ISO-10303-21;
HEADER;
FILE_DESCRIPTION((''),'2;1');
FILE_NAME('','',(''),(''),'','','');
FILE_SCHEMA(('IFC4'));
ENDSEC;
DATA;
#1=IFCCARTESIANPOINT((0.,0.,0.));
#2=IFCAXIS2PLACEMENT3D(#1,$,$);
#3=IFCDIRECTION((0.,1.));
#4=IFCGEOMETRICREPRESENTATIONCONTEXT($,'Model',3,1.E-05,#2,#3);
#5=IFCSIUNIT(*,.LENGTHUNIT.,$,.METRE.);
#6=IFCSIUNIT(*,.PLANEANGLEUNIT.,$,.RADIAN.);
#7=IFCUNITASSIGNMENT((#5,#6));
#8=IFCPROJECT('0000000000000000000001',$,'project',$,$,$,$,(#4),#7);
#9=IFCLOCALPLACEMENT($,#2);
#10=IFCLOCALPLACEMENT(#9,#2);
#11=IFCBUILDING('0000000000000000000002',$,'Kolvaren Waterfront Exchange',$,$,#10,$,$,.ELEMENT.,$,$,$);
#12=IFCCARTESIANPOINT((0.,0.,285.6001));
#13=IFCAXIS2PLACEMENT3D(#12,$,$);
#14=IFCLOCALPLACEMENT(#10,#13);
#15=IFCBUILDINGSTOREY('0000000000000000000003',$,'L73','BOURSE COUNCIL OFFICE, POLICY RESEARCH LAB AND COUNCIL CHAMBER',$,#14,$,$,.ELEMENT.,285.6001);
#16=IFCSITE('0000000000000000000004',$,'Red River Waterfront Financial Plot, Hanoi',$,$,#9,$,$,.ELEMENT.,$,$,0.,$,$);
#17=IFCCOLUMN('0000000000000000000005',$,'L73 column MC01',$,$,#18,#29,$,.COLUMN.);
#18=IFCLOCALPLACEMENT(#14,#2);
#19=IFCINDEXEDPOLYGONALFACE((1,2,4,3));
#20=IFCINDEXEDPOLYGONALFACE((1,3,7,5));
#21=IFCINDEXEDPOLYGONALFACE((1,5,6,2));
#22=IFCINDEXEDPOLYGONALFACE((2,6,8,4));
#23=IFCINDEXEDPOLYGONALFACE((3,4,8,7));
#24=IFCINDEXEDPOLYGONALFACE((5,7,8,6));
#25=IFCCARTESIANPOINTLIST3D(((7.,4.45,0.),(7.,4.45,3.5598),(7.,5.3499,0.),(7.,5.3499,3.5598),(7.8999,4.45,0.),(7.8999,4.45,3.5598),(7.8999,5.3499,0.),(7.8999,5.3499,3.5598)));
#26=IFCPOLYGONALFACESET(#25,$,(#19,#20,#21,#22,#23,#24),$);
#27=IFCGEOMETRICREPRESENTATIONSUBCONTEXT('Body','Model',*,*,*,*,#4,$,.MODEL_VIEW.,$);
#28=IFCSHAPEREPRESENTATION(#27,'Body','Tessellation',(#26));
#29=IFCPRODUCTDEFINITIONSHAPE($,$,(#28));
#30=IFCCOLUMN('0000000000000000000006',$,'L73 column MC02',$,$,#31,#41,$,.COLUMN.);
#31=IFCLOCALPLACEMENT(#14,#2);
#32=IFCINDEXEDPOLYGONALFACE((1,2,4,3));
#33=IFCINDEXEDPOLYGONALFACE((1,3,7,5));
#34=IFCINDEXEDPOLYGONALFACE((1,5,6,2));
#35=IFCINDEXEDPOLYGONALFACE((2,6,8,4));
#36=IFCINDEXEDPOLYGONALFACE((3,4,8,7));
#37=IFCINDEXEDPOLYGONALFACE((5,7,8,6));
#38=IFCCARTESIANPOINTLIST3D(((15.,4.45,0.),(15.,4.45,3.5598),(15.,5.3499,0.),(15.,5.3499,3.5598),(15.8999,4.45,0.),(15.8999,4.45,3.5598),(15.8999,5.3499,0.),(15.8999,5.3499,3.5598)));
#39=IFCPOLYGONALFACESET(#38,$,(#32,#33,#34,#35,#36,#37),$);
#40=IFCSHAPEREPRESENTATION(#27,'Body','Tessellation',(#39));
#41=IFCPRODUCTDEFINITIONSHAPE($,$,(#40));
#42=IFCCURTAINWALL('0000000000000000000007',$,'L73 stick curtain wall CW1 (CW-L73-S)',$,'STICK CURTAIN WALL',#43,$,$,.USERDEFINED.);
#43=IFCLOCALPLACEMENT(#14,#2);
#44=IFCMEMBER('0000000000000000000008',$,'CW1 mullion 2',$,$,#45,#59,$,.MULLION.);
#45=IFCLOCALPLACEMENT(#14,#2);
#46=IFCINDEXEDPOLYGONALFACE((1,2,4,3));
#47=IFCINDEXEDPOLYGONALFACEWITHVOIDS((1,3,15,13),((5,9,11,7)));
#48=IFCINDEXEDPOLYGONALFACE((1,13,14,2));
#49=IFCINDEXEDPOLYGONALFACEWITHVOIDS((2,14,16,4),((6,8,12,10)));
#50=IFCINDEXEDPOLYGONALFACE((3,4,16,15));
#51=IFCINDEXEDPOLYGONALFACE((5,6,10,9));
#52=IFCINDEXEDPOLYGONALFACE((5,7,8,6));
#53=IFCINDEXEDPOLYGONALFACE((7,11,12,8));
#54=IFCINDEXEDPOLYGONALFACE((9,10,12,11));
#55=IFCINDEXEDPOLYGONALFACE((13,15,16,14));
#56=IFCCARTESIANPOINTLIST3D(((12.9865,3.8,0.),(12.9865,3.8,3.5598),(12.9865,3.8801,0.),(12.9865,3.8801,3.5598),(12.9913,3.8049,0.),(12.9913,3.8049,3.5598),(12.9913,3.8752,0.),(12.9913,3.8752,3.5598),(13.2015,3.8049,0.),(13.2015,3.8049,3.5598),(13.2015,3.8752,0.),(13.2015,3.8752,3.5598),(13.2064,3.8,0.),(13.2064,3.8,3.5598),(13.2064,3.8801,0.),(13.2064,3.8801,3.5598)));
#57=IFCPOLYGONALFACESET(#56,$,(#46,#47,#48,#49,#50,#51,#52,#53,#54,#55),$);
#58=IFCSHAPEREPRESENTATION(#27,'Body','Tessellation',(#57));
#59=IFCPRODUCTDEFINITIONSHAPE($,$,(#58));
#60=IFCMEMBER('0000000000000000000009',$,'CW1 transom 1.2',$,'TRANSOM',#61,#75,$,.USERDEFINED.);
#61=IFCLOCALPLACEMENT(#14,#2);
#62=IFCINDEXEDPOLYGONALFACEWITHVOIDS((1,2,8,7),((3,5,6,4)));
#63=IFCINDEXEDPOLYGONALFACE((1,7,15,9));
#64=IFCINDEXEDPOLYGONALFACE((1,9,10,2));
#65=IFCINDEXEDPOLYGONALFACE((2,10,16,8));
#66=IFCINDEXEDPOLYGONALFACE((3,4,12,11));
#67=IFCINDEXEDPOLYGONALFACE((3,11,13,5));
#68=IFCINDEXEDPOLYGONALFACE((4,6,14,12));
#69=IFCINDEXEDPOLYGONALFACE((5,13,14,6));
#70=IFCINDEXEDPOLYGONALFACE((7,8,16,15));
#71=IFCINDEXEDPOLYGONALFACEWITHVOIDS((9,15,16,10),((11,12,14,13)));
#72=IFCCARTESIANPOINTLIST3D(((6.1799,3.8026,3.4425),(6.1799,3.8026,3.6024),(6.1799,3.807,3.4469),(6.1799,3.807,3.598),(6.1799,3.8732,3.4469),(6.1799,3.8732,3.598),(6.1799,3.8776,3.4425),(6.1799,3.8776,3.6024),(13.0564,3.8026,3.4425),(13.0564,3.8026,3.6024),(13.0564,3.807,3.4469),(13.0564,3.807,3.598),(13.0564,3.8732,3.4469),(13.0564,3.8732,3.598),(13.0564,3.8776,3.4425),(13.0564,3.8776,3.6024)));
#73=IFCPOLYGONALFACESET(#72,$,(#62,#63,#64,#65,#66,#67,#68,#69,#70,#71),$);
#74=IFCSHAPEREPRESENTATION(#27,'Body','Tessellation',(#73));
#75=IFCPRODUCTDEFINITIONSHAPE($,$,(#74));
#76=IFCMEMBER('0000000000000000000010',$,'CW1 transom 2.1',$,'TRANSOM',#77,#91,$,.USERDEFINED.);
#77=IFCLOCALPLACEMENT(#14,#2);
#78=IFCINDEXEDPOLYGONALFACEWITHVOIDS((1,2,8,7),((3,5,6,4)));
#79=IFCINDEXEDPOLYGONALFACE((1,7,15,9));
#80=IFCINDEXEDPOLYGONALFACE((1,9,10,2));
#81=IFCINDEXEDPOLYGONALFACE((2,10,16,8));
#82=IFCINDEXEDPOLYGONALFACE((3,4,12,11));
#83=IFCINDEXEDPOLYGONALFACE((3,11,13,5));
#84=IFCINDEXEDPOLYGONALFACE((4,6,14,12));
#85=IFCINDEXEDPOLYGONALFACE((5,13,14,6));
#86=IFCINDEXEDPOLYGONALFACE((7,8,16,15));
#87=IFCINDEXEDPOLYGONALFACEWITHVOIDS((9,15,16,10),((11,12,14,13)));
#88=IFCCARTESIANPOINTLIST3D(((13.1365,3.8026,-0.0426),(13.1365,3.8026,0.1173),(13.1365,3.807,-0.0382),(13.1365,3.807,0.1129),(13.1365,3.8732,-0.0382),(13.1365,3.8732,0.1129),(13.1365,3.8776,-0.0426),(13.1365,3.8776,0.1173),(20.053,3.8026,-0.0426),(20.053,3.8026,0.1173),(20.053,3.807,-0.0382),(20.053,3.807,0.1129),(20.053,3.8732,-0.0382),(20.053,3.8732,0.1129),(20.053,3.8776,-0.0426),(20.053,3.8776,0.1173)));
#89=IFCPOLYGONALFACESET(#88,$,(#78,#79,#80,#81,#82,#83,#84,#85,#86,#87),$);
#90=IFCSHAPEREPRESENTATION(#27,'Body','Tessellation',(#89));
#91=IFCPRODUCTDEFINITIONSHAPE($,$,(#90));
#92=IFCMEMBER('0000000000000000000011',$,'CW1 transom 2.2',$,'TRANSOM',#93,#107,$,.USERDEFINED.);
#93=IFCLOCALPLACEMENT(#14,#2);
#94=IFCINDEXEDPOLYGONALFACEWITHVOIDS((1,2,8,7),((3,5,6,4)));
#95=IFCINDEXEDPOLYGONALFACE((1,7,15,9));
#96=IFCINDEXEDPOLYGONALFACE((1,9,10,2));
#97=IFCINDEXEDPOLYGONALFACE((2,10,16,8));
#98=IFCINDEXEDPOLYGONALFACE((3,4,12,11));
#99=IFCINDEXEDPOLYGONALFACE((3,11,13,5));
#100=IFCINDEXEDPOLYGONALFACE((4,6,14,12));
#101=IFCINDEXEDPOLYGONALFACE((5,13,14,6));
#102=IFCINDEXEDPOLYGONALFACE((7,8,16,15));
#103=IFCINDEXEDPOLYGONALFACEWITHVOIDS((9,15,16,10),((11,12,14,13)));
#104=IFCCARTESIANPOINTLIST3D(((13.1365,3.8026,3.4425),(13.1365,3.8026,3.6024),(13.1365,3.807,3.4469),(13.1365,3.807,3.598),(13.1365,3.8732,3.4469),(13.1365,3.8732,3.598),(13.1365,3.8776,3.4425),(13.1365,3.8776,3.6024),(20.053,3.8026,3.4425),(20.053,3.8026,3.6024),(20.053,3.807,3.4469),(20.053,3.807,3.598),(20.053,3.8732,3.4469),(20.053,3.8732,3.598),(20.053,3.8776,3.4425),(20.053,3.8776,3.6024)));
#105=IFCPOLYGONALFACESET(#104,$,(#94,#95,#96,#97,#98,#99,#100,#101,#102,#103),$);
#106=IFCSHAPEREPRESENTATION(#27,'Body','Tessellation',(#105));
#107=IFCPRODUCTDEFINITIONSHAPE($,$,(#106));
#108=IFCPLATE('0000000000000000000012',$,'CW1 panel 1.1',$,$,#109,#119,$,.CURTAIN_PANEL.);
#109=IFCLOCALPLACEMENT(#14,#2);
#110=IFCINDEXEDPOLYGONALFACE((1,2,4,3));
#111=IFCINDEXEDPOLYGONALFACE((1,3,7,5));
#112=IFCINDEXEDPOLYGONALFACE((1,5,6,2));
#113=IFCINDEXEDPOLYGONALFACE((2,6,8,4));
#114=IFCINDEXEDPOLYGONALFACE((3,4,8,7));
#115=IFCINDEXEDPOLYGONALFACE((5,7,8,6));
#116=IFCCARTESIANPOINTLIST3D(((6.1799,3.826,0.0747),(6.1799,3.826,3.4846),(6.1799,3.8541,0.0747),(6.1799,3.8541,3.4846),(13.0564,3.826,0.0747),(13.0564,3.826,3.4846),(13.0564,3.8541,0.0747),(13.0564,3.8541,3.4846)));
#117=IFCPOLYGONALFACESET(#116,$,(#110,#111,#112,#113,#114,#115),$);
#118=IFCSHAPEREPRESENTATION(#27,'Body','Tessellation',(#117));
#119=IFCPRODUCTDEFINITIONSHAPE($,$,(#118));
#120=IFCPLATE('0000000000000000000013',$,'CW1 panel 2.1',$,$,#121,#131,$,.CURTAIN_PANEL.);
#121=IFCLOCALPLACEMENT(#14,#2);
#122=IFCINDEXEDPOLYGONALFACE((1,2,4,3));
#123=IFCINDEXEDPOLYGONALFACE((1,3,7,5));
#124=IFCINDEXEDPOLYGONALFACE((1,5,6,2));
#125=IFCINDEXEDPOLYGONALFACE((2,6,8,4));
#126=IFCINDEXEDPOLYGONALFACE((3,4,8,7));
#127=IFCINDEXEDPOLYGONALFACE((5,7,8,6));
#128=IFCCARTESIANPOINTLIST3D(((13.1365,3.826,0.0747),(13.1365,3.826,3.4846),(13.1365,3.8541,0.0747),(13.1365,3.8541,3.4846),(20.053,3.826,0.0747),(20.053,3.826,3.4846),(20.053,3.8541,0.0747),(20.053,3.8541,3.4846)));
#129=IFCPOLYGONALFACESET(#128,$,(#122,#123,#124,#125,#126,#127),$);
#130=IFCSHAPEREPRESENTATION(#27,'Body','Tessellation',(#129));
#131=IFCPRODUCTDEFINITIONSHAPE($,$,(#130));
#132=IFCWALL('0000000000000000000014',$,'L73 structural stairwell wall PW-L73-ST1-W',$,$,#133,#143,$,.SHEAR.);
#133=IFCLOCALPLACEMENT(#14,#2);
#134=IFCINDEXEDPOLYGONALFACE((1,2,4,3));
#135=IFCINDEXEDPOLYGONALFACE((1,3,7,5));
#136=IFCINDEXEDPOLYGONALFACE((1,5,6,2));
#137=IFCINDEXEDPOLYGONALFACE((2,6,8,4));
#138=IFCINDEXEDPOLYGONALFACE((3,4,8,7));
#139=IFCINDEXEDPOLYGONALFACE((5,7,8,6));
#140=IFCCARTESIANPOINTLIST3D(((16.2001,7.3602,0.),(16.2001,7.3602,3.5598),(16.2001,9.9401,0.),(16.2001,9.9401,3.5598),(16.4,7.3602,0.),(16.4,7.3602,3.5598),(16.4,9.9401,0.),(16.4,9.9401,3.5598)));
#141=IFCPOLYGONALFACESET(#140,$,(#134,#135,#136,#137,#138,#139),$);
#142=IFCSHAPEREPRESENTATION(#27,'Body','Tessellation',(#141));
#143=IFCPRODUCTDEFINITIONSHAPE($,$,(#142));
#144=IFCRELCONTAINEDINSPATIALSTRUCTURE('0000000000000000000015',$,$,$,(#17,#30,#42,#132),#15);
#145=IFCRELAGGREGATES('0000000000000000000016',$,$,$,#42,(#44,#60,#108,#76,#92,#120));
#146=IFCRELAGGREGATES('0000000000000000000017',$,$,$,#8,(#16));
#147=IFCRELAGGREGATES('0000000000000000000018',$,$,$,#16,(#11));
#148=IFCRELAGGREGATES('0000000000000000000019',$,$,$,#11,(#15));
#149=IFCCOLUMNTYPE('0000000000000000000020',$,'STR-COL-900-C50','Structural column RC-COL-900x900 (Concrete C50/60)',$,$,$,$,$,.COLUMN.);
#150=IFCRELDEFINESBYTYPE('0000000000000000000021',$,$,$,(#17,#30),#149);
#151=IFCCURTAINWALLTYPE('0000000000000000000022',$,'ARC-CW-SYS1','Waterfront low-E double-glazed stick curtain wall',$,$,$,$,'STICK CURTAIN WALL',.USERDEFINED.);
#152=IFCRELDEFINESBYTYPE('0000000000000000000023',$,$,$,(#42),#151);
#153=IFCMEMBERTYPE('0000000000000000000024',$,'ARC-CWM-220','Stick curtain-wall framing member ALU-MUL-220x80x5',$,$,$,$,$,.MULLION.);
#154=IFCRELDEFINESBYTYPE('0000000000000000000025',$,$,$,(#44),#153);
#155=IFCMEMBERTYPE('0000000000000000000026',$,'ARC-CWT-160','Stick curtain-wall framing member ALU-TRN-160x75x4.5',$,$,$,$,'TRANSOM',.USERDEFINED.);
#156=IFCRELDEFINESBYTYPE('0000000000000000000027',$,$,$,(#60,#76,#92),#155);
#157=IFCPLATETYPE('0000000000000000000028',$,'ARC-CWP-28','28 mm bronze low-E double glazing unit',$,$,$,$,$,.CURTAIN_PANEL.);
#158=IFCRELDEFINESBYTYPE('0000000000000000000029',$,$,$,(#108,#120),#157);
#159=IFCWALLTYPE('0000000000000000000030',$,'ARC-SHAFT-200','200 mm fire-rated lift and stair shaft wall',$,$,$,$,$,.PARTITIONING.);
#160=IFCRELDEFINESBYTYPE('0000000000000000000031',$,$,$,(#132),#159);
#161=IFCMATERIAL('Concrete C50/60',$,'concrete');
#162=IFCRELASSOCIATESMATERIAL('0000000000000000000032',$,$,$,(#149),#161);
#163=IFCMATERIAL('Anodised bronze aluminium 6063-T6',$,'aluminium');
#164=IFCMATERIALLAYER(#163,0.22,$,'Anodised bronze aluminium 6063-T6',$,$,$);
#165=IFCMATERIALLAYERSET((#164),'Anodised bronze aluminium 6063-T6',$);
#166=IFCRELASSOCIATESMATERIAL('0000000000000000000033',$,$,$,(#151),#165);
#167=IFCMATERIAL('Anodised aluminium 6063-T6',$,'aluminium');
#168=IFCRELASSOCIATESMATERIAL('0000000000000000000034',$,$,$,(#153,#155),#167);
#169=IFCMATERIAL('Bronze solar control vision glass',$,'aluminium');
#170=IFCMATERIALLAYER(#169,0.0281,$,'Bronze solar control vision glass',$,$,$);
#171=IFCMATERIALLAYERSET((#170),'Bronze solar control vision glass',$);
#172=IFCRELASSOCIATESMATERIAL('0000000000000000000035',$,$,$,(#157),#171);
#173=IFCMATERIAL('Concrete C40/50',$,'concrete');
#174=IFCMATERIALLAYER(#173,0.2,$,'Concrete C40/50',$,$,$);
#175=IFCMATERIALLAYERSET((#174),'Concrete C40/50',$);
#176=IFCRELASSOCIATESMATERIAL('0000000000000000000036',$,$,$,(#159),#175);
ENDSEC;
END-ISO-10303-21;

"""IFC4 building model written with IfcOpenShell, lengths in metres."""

from ifc_helpers import new_model, si_unit, direction, frame, frame_2d, origin, origin_with_axes, origin_2d, place, context, subcontext, project, spatial, rectangle, hollow_rectangle, extrude, source, transform, mapped, material, layer, layer_set, material_profile, profile_set, type_object, element, aggregate, save


model = new_model("IFC4")

# Units and contexts
model_context = context("Model", 3, precision=1e-05, world=origin(), true_north=direction((0.0, 1.0)))
body_context = subcontext(model_context, "Body", "Model", "MODEL_VIEW")
ifc_project = project(units=[si_unit("LENGTHUNIT", "METRE"), si_unit("PLANEANGLEUNIT", "RADIAN")], contexts=[model_context])

# Site, building, storey
site_placement = place(None, origin())
site = spatial("IfcSite", under=ifc_project, at=site_placement, Name="Red River Waterfront Financial Plot, Hanoi", CompositionType="ELEMENT", RefElevation=0.0)
building_placement = place(site_placement, origin())
building = spatial("IfcBuilding", under=site, at=building_placement, Name="Kolvaren Waterfront Exchange", CompositionType="ELEMENT")
storey_placement = place(building_placement, frame((0.0, 0.0, 285.6001)))
storey = spatial("IfcBuildingStorey", under=building, at=storey_placement, Name="L73", Description="BOURSE COUNCIL OFFICE, POLICY RESEARCH LAB AND COUNCIL CHAMBER", CompositionType="ELEMENT", Elevation=285.6001)

# Columns
ifc_material_1 = material(Name="Concrete C50/60", Category="concrete")
ifc_material_profile_1 = material_profile(ifc_material_1, rectangle(XDim=0.8999, YDim=0.8999, at=origin_2d()), Name="RC-COL-900x900")
ifc_profile_set_1 = profile_set([ifc_material_profile_1], Name="Concrete C50/60")
column_type = type_object("IfcColumnType", Name="STR-COL-900-C50", Description="Structural column RC-COL-900x900 (Concrete C50/60)", PredefinedType="COLUMN", material=ifc_profile_set_1)
for number, where, z_axis, x_axis, name in (
    (1, (7.45, 4.8999, 0.0), (0.0, 0.0, 1.0), (1.0, 0.0, 0.0), "L73 column MC01"),
    (2, (15.45, 4.8999, 0.0), (0.0, 0.0, 1.0), (1.0, 0.0, 0.0), "L73 column MC02"),
):
    element("IfcColumn", number, at=place(storey_placement, frame(where, z_axis=z_axis, x_axis=x_axis)), inside=storey, type_object=column_type, Name=name, PredefinedType="COLUMN", context=body_context, shape_type="SweptSolid", body=[
        extrude(rectangle(XDim=0.8999, YDim=0.8999, at=origin_2d()), origin(), (0.0, 0.0, 1.0), 3.5598),
    ])

# Curtain wall, members, plates
ifc_material_2 = material(Name="Anodised bronze aluminium 6063-T6", Category="aluminium")
ifc_layer_1 = layer(ifc_material_2, 0.22, Name="Anodised bronze aluminium 6063-T6")
ifc_layer_set_1 = layer_set([ifc_layer_1], Name="Anodised bronze aluminium 6063-T6")
curtain_wall_type = type_object("IfcCurtainWallType", Name="ARC-CW-SYS1", Description="Waterfront low-E double-glazed stick curtain wall", ElementType="STICK CURTAIN WALL", PredefinedType="USERDEFINED", material=ifc_layer_set_1)
curtain_wall_placement = place(storey_placement, origin())
curtain_wall = element("IfcCurtainWall", 3, at=curtain_wall_placement, inside=storey, type_object=curtain_wall_type, Name="L73 stick curtain wall CW1 (CW-L73-S)", ObjectType="STICK CURTAIN WALL", PredefinedType="USERDEFINED")
ifc_material_3 = material(Name="Anodised aluminium 6063-T6", Category="aluminium")
ifc_material_profile_2 = material_profile(ifc_material_3, hollow_rectangle(XDim=0.0801, YDim=0.22, WallThickness=0.0049, at=origin_2d()), Name="ALU-MUL-220x80x5")
ifc_profile_set_2 = profile_set([ifc_material_profile_2], Name="Anodised aluminium 6063-T6")
member_type_1 = type_object("IfcMemberType", Name="ARC-CWM-220", Description="Stick curtain-wall framing member ALU-MUL-220x80x5", PredefinedType="MULLION", material=ifc_profile_set_2)
shared_shape_1 = source(origin_with_axes(), body_context, "Body", "SweptSolid", [
    extrude(hollow_rectangle(XDim=0.0801, YDim=0.22, WallThickness=0.0049, at=origin_2d()), origin(), (0.0, 0.0, 1.0), 3.5598),
])
member_1_placement = place(storey_placement, frame((13.0964, 3.8401, 0.0), z_axis=(0.0, 0.0, 1.0), x_axis=(0.0, 1.0, 0.0)))
member_1 = element("IfcMember", 4, at=member_1_placement, type_object=member_type_1, Name="CW1 mullion 2", PredefinedType="MULLION", context=body_context, shape_type="MappedRepresentation", body=[
    mapped(shared_shape_1, transform((0.0, 0.0, 0.0), x_axis=(1.0, 0.0, 0.0), y_axis=(0.0, 1.0, 0.0), z_axis=(0.0, 0.0, 1.0), scale=1.0)),
])
ifc_material_profile_3 = material_profile(ifc_material_3, hollow_rectangle(XDim=0.075, YDim=0.1599, WallThickness=0.0044, at=origin_2d()), Name="ALU-TRN-160x75x4.5")
ifc_profile_set_3 = profile_set([ifc_material_profile_3], Name="Anodised aluminium 6063-T6")
member_type_2 = type_object("IfcMemberType", Name="ARC-CWT-160", Description="Stick curtain-wall framing member ALU-TRN-160x75x4.5", ElementType="TRANSOM", PredefinedType="USERDEFINED", material=ifc_profile_set_3)
shared_shape_2 = source(origin_with_axes(), body_context, "Body", "SweptSolid", [
    extrude(hollow_rectangle(XDim=0.075, YDim=0.1599, WallThickness=0.0044, at=origin_2d()), origin(), (0.0, 0.0, 1.0), 6.8765),
])
member_2_placement = place(storey_placement, frame((6.1799, 3.8401, 3.5225), z_axis=(1.0, 0.0, 0.0), x_axis=(0.0, 1.0, 0.0)))
member_2 = element("IfcMember", 5, at=member_2_placement, type_object=member_type_2, Name="CW1 transom 1.2", ObjectType="TRANSOM", PredefinedType="USERDEFINED", context=body_context, shape_type="MappedRepresentation", body=[
    mapped(shared_shape_2, transform((0.0, 0.0, 0.0), x_axis=(1.0, 0.0, 0.0), y_axis=(0.0, 1.0, 0.0), z_axis=(0.0, 0.0, 1.0), scale=1.0)),
])
shared_shape_3 = source(origin_with_axes(), body_context, "Body", "SweptSolid", [
    extrude(hollow_rectangle(XDim=0.075, YDim=0.1599, WallThickness=0.0044, at=origin_2d()), origin(), (0.0, 0.0, 1.0), 6.9165),
])
member_3_placement = place(storey_placement, frame((13.1365, 3.8401, 0.0374), z_axis=(1.0, 0.0, 0.0), x_axis=(0.0, 1.0, 0.0)))
member_3 = element("IfcMember", 6, at=member_3_placement, type_object=member_type_2, Name="CW1 transom 2.1", ObjectType="TRANSOM", PredefinedType="USERDEFINED", context=body_context, shape_type="MappedRepresentation", body=[
    mapped(shared_shape_3, transform((0.0, 0.0, 0.0), x_axis=(1.0, 0.0, 0.0), y_axis=(0.0, 1.0, 0.0), z_axis=(0.0, 0.0, 1.0), scale=1.0)),
])
member_4_placement = place(storey_placement, frame((13.1365, 3.8401, 3.5225), z_axis=(1.0, 0.0, 0.0), x_axis=(0.0, 1.0, 0.0)))
member_4 = element("IfcMember", 7, at=member_4_placement, type_object=member_type_2, Name="CW1 transom 2.2", ObjectType="TRANSOM", PredefinedType="USERDEFINED", context=body_context, shape_type="MappedRepresentation", body=[
    mapped(shared_shape_3, transform((0.0, 0.0, 0.0), x_axis=(1.0, 0.0, 0.0), y_axis=(0.0, 1.0, 0.0), z_axis=(0.0, 0.0, 1.0), scale=1.0)),
])
ifc_material_4 = material(Name="Bronze solar control vision glass", Category="aluminium")
ifc_layer_2 = layer(ifc_material_4, 0.0281, Name="Bronze solar control vision glass")
ifc_layer_set_2 = layer_set([ifc_layer_2], Name="Bronze solar control vision glass")
plate_type = type_object("IfcPlateType", Name="ARC-CWP-28", Description="28 mm bronze low-E double glazing unit", PredefinedType="CURTAIN_PANEL", material=ifc_layer_set_2)
shared_shape_4 = source(origin_with_axes(), body_context, "Body", "SweptSolid", [
    extrude(rectangle(XDim=6.8765, YDim=0.0281, at=origin_2d()), origin(), (0.0, 0.0, 1.0), 3.4099),
])
plate_1_placement = place(storey_placement, frame((9.6182, 3.8401, 0.0747), z_axis=(0.0, 0.0, 1.0), x_axis=(1.0, 0.0, 0.0)))
plate_1 = element("IfcPlate", 8, at=plate_1_placement, type_object=plate_type, Name="CW1 panel 1.1", PredefinedType="CURTAIN_PANEL", context=body_context, shape_type="MappedRepresentation", body=[
    mapped(shared_shape_4, transform((0.0, 0.0, 0.0), x_axis=(1.0, 0.0, 0.0), y_axis=(0.0, 1.0, 0.0), z_axis=(0.0, 0.0, 1.0), scale=1.0)),
])
shared_shape_5 = source(origin_with_axes(), body_context, "Body", "SweptSolid", [
    extrude(rectangle(XDim=6.9165, YDim=0.0281, at=origin_2d()), origin(), (0.0, 0.0, 1.0), 3.4099),
])
plate_2_placement = place(storey_placement, frame((16.5947, 3.8401, 0.0747), z_axis=(0.0, 0.0, 1.0), x_axis=(1.0, 0.0, 0.0)))
plate_2 = element("IfcPlate", 9, at=plate_2_placement, type_object=plate_type, Name="CW1 panel 2.1", PredefinedType="CURTAIN_PANEL", context=body_context, shape_type="MappedRepresentation", body=[
    mapped(shared_shape_5, transform((0.0, 0.0, 0.0), x_axis=(1.0, 0.0, 0.0), y_axis=(0.0, 1.0, 0.0), z_axis=(0.0, 0.0, 1.0), scale=1.0)),
])
aggregate(curtain_wall, [member_1, member_2, plate_1, member_3, member_4, plate_2])

# Wall
ifc_material_5 = material(Name="Concrete C40/50", Category="concrete")
ifc_layer_3 = layer(ifc_material_5, 0.2, Name="Concrete C40/50")
ifc_layer_set_3 = layer_set([ifc_layer_3], Name="Concrete C40/50")
wall_type_1 = type_object("IfcWallType", Name="ARC-SHAFT-200", Description="200 mm fire-rated lift and stair shaft wall", PredefinedType="PARTITIONING", material=ifc_layer_set_3)
wall_1_placement = place(storey_placement, frame((16.3, 7.3601, 0.0), z_axis=(0.0, 0.0, 1.0), x_axis=(0.0, 1.0, 0.0)))
element("IfcWall", 10, at=wall_1_placement, inside=storey, type_object=wall_type_1, Name="L73 structural stairwell wall PW-L73-ST1-W", PredefinedType="SHEAR", context=body_context, shape_type="SweptSolid", body=[
    extrude(rectangle(XDim=2.5798, YDim=0.2, at=frame_2d((1.29, 0.0))), origin(), (0.0, 0.0, 1.0), 3.5598),
])

save(model, "model.ifc")
